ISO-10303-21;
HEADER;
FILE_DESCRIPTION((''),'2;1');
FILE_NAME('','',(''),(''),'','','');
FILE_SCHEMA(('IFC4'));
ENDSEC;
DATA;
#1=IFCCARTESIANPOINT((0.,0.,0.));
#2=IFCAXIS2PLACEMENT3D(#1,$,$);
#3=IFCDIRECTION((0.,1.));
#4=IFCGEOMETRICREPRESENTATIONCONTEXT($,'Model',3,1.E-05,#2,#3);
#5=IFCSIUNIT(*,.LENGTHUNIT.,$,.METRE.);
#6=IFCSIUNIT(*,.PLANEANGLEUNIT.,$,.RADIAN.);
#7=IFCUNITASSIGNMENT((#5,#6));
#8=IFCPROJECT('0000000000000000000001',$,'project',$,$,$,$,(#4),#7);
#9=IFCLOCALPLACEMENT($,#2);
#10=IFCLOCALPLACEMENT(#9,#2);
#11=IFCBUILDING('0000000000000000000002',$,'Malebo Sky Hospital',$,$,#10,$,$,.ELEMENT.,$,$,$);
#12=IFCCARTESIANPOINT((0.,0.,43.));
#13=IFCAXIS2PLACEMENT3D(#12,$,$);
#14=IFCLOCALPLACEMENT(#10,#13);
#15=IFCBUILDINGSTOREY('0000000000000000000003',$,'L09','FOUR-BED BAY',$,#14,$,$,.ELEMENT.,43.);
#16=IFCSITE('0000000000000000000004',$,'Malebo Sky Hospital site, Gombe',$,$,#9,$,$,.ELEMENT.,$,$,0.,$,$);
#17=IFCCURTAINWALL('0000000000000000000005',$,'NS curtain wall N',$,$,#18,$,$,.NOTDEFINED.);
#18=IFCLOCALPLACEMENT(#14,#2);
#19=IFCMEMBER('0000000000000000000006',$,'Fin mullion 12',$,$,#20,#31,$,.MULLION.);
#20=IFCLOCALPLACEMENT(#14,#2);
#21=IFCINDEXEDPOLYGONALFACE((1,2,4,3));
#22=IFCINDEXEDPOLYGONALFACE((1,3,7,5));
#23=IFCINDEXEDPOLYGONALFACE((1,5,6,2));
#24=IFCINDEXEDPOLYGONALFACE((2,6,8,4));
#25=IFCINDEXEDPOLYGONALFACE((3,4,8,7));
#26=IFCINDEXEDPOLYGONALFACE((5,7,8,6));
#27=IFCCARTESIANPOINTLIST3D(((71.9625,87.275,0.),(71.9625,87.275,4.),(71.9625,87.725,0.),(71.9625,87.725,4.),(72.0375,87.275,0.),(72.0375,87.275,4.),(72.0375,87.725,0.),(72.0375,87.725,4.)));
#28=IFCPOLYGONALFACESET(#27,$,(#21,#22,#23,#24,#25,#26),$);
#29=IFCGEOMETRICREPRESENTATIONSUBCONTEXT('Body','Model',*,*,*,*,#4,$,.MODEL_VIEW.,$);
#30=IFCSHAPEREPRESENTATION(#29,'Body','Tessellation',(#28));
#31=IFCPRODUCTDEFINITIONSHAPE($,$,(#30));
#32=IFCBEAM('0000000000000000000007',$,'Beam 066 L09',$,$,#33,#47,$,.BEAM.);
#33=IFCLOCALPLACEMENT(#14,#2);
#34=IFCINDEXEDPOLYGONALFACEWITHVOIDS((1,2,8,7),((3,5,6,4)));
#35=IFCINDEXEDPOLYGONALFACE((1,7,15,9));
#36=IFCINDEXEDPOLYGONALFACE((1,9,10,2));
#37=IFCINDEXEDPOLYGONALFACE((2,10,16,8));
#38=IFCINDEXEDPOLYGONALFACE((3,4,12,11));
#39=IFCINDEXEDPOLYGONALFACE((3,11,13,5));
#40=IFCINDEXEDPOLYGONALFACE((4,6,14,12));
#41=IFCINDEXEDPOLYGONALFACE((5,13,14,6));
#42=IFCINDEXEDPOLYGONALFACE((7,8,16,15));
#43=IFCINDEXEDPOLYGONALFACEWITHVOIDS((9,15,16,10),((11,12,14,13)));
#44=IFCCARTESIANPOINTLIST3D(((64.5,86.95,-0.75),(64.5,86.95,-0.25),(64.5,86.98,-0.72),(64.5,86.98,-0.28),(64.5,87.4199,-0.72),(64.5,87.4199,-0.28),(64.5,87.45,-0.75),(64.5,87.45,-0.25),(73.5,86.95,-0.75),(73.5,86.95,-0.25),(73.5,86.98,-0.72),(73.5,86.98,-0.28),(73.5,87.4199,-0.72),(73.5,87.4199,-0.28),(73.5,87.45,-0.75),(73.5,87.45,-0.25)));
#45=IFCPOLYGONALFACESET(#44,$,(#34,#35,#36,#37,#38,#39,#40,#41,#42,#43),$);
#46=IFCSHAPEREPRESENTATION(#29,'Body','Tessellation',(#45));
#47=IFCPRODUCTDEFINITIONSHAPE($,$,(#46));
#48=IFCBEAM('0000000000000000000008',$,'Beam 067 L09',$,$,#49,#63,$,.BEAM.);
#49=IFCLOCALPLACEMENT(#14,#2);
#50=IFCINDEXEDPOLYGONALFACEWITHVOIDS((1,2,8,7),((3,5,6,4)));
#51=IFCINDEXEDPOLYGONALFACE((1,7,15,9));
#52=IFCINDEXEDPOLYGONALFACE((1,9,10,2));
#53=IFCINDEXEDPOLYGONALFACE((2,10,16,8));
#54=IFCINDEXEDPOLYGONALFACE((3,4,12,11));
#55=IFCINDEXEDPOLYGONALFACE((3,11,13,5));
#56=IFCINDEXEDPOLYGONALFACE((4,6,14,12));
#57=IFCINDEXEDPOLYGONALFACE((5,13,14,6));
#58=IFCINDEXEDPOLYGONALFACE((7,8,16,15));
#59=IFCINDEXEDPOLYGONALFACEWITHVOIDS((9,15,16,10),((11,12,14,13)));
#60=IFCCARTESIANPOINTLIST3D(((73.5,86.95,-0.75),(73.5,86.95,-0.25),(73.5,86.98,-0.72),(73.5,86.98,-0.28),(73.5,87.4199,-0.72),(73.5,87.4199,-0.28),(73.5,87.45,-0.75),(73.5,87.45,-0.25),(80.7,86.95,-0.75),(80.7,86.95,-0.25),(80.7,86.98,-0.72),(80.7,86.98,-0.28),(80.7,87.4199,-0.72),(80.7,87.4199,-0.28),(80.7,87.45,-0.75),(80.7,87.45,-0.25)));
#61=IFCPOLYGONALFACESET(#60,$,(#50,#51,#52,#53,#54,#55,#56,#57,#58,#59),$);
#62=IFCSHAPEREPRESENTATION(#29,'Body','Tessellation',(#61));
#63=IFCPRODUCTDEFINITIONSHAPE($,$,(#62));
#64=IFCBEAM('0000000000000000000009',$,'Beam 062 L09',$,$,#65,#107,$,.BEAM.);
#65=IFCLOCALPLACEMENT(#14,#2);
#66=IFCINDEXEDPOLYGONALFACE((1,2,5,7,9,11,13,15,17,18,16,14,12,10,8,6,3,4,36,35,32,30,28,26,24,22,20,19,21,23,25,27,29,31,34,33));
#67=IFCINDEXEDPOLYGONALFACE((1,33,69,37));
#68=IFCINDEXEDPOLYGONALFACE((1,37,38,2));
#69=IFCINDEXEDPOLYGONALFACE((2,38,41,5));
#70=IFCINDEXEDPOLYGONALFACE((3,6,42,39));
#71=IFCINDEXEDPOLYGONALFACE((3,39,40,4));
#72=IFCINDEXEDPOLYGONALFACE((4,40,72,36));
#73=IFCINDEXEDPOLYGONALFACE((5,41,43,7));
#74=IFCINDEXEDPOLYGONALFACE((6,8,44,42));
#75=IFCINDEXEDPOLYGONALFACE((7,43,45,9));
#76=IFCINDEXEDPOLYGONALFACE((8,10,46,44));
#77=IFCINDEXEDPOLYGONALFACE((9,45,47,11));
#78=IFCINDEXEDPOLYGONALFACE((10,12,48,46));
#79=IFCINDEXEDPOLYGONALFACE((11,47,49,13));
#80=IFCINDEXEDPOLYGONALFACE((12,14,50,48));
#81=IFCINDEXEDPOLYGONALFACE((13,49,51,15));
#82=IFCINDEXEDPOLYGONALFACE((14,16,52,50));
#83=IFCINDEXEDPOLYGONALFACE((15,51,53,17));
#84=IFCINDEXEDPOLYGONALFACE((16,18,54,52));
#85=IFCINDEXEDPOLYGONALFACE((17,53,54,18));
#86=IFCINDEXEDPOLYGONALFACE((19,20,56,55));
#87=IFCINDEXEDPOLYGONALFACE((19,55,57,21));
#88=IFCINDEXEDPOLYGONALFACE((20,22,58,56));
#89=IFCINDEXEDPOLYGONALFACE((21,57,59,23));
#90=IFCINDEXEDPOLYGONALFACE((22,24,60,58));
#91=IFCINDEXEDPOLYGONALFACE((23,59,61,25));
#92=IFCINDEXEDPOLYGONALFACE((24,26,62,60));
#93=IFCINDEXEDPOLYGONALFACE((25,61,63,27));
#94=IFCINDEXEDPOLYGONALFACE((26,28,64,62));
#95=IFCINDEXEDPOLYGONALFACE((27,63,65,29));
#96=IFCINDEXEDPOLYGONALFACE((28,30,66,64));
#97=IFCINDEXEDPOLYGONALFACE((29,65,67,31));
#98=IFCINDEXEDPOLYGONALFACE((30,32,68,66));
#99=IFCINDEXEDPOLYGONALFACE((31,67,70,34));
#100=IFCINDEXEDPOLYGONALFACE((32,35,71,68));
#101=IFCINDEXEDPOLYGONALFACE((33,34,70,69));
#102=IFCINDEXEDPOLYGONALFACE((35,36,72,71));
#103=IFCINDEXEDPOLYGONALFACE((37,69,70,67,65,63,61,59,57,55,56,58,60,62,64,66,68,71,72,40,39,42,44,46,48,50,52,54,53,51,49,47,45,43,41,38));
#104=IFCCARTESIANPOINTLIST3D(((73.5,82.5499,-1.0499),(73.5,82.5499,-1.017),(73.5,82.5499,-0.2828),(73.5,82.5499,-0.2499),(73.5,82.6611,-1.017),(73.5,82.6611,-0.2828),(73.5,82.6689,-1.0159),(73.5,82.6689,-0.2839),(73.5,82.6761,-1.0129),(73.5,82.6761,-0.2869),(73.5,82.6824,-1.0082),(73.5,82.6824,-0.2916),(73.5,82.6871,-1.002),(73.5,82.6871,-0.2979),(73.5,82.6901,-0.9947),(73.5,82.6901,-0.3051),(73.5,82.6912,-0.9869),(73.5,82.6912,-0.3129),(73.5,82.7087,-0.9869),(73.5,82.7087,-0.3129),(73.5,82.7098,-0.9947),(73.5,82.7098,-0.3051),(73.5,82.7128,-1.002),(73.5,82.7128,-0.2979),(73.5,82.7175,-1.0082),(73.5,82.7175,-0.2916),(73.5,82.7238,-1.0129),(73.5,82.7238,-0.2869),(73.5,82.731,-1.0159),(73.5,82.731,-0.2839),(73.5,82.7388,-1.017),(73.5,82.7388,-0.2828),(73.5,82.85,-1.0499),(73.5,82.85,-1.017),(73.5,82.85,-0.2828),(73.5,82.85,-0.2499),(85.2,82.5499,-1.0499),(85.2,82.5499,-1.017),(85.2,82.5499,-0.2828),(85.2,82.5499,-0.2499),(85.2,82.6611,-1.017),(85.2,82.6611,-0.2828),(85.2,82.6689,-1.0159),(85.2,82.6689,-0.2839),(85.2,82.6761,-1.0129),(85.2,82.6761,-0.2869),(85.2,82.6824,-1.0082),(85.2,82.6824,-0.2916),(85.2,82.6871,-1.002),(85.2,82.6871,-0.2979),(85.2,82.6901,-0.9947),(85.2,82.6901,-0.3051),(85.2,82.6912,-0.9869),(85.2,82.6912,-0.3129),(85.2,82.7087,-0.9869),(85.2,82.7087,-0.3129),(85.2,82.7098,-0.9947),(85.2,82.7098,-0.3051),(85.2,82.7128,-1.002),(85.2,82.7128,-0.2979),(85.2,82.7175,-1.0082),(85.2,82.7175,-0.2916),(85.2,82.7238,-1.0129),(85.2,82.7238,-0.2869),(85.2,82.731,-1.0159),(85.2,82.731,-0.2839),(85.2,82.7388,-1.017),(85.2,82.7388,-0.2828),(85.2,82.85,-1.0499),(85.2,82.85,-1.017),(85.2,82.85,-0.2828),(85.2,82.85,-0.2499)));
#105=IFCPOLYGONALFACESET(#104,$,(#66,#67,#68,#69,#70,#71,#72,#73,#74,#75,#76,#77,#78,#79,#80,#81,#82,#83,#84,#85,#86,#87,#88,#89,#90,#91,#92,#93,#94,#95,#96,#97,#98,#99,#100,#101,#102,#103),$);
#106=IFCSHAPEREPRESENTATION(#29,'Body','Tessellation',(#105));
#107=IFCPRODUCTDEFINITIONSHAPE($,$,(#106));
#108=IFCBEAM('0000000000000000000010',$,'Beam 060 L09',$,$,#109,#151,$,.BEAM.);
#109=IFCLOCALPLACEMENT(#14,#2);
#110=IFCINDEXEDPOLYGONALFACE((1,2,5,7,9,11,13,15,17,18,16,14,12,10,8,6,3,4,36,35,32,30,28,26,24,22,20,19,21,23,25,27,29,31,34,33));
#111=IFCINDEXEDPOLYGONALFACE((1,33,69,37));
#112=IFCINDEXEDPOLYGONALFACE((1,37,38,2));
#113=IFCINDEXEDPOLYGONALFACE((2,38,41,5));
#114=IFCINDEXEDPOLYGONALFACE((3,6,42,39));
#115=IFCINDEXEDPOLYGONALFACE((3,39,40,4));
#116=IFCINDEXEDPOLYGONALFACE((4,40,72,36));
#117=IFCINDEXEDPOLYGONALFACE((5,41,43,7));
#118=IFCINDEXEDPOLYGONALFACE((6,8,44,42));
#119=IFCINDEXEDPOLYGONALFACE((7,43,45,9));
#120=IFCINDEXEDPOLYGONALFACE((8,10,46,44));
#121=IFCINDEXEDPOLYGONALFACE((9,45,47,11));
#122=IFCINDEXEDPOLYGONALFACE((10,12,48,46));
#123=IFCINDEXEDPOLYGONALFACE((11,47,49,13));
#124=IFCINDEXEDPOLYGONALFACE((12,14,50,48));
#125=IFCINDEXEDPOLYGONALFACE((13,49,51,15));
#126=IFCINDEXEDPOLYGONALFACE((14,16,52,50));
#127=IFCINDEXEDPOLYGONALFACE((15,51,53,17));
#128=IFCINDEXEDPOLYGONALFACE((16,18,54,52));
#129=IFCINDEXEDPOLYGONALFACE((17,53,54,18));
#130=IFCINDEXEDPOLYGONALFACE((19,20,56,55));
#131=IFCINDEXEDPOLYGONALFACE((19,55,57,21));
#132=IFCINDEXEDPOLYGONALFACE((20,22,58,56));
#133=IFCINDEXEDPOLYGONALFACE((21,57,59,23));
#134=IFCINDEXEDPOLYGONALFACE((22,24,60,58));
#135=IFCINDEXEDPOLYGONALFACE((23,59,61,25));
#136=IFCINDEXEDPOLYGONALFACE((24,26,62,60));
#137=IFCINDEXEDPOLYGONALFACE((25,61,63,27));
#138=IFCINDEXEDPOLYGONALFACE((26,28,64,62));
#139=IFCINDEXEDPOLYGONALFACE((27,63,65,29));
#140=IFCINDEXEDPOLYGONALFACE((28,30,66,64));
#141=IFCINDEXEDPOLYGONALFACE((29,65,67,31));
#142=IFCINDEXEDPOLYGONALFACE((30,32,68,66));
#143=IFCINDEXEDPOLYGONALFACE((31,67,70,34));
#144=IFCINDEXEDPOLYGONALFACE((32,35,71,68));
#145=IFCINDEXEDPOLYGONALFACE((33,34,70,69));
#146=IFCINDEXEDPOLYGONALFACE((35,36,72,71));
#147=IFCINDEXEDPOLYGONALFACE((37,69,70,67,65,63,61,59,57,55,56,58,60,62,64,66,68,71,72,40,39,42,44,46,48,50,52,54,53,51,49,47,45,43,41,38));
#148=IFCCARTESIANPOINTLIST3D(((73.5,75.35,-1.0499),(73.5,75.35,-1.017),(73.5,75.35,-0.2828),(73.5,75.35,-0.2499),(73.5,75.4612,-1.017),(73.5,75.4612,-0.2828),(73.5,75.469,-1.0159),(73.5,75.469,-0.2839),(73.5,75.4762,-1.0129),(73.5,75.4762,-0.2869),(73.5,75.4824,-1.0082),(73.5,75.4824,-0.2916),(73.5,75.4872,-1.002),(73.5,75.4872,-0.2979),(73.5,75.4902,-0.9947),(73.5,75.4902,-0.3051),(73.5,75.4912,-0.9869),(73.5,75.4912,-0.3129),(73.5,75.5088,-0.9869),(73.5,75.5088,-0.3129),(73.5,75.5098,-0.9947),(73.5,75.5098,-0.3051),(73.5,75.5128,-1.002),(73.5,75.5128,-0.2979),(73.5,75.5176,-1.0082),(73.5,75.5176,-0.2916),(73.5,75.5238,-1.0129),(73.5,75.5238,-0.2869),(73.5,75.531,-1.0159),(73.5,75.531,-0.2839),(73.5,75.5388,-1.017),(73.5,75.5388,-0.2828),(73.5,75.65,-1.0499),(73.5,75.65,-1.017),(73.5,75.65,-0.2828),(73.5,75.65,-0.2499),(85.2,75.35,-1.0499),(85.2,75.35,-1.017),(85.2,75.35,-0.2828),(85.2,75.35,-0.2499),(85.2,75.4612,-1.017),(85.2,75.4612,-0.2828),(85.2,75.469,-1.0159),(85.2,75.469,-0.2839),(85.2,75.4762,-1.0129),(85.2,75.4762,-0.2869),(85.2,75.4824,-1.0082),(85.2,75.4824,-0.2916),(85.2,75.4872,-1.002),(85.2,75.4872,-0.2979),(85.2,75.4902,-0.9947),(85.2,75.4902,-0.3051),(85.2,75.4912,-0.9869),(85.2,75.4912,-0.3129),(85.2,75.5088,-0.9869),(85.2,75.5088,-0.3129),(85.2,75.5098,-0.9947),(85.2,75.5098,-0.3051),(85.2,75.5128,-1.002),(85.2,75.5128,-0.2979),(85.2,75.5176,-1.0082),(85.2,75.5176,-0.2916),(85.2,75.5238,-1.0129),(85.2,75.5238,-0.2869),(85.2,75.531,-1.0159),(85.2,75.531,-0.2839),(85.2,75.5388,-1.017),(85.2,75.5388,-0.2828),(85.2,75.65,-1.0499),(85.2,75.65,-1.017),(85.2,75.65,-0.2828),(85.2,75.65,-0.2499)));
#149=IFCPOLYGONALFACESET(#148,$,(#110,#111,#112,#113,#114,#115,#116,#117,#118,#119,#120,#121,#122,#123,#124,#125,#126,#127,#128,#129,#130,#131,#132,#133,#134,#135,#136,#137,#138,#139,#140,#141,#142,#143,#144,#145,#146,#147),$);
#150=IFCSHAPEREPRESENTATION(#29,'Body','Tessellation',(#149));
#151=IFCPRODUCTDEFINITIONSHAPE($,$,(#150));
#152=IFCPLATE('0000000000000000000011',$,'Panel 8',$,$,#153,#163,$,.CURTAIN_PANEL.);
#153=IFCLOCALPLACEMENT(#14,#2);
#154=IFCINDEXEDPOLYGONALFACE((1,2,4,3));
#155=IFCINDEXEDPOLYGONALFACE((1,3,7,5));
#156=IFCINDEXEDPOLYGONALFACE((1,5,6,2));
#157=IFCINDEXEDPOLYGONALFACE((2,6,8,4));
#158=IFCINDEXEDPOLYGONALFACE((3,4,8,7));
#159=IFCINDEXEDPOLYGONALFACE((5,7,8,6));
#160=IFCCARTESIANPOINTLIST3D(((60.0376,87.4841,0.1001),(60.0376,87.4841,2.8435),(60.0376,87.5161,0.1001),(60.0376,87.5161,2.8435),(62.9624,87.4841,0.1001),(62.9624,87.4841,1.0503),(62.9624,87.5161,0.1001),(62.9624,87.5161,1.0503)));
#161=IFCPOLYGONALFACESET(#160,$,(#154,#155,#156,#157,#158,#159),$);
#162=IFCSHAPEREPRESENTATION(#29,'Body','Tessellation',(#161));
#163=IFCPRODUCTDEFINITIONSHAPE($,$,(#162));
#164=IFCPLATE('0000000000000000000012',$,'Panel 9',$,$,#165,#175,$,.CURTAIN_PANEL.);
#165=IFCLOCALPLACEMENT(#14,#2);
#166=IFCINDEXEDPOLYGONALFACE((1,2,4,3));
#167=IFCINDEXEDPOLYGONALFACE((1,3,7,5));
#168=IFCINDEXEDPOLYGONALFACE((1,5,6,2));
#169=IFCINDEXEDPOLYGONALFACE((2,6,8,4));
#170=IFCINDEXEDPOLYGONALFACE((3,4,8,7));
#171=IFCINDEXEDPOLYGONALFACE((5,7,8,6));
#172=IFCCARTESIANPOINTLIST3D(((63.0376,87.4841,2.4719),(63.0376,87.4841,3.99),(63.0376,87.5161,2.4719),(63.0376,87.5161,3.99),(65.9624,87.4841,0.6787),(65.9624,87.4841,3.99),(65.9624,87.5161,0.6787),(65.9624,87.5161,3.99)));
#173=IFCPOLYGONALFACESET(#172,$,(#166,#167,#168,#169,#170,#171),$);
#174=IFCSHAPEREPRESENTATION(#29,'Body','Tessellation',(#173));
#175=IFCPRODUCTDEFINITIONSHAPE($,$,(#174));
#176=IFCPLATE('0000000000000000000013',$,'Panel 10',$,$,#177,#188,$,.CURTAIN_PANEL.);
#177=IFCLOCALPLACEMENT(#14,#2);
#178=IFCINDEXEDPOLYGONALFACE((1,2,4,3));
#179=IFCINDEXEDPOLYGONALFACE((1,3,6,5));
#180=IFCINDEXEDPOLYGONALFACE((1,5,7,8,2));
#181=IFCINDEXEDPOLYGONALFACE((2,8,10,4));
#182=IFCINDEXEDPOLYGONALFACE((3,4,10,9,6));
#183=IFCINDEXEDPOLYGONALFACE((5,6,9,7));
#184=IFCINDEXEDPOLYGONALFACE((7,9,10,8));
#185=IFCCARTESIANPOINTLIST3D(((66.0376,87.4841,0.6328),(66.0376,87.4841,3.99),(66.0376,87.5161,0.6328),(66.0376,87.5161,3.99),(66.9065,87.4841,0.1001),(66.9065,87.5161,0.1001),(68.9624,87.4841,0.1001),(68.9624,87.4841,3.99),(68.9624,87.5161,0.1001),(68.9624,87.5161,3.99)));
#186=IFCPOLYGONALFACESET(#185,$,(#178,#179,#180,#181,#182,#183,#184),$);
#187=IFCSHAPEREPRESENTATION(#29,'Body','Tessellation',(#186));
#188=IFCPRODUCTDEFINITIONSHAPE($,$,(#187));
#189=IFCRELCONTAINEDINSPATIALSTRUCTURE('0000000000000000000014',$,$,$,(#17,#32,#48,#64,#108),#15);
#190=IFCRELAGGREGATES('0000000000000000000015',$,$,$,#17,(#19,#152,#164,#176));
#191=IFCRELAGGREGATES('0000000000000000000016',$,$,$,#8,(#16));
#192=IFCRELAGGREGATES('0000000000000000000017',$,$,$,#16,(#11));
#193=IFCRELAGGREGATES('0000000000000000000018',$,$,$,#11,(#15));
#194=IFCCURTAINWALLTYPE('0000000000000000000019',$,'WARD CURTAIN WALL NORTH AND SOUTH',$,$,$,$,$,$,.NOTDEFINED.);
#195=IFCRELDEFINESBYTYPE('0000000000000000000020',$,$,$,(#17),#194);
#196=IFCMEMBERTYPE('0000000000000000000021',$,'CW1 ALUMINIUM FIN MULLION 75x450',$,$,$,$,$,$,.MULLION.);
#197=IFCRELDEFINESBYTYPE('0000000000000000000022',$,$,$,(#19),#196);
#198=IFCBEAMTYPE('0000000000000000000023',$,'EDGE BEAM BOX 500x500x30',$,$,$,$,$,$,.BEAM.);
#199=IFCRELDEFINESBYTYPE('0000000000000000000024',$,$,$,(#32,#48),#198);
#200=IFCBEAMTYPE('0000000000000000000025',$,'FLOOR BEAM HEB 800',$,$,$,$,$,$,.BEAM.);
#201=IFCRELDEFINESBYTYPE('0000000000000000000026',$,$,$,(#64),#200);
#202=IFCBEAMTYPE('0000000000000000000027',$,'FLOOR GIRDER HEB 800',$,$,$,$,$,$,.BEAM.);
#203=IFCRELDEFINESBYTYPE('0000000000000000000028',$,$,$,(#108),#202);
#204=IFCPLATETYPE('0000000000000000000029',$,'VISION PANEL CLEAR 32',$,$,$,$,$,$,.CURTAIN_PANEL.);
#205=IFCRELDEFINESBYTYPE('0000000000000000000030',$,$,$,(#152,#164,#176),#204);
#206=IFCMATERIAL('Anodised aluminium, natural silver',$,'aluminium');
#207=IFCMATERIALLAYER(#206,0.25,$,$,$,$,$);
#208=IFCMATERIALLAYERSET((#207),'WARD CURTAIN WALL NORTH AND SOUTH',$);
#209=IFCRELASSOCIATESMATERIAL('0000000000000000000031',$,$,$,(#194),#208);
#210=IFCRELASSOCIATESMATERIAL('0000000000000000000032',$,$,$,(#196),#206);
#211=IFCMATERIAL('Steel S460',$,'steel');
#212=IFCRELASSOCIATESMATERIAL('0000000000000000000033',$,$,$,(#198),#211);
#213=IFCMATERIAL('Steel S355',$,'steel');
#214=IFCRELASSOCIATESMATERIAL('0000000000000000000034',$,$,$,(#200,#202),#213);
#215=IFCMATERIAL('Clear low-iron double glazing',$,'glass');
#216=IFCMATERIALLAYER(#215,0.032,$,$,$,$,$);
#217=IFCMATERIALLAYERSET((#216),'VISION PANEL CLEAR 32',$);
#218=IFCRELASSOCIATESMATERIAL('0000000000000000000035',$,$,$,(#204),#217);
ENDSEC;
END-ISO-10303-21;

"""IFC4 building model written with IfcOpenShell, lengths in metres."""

from ifc_helpers import new_model, si_unit, direction, frame, origin, origin_2d, place, context, subcontext, project, spatial, polyline, rectangle, hollow_rectangle, i_section, outline, extrude, material, layer, layer_set, material_profile, profile_set, type_object, element, aggregate, save


model = new_model("IFC4")

# Units and contexts
model_context = context("Model", 3, precision=1e-05, world=origin(), true_north=direction((0.0, 1.0)))
body_context = subcontext(model_context, "Body", "Model", "MODEL_VIEW")
ifc_project = project(units=[si_unit("LENGTHUNIT", "METRE"), si_unit("PLANEANGLEUNIT", "RADIAN")], contexts=[model_context])

# Site, building, storey
site_placement = place(None, origin())
site = spatial("IfcSite", under=ifc_project, at=site_placement, Name="Malebo Sky Hospital site, Gombe", CompositionType="ELEMENT", RefElevation=0.0)
building_placement = place(site_placement, origin())
building = spatial("IfcBuilding", under=site, at=building_placement, Name="Malebo Sky Hospital", CompositionType="ELEMENT")
storey_placement = place(building_placement, frame((0.0, 0.0, 43.0)))
storey = spatial("IfcBuildingStorey", under=building, at=storey_placement, Name="L09", Description="FOUR-BED BAY", CompositionType="ELEMENT", Elevation=43.0)

# Shared definitions
ifc_material_1 = material(Name="Steel S460", Category="steel")

# Curtain wall
ifc_material_2 = material(Name="Anodised aluminium, natural silver", Category="aluminium")
ifc_layer_1 = layer(ifc_material_2, 0.25)
ifc_layer_set_1 = layer_set([ifc_layer_1], Name="WARD CURTAIN WALL NORTH AND SOUTH")
curtain_wall_type = type_object("IfcCurtainWallType", Name="WARD CURTAIN WALL NORTH AND SOUTH", PredefinedType="NOTDEFINED", material=ifc_layer_set_1)
curtain_wall_placement = place(storey_placement, origin())
curtain_wall = element("IfcCurtainWall", 1, at=curtain_wall_placement, inside=storey, type_object=curtain_wall_type, Name="NS curtain wall N", PredefinedType="NOTDEFINED")

# Member
ifc_material_3 = material(Name="Steel S355", Category="steel")
ifc_material_profile_1 = material_profile(ifc_material_2, rectangle(XDim=0.075, YDim=0.45, at=origin_2d()), Name="CW1 ALUMINIUM FIN MULLION 75x450")
ifc_profile_set_1 = profile_set([ifc_material_profile_1], Name="Anodised aluminium, natural silver")
member_type_1 = type_object("IfcMemberType", Name="CW1 ALUMINIUM FIN MULLION 75x450", PredefinedType="MULLION", material=ifc_profile_set_1)
member_1_placement = place(storey_placement, frame((72.0, 87.5, 0.0), z_axis=(0.0, 0.0, 1.0), x_axis=(1.0, 0.0, 0.0)))
member_1 = element("IfcMember", 2, at=member_1_placement, type_object=member_type_1, Name="Fin mullion 12", PredefinedType="MULLION", context=body_context, shape_type="SweptSolid", body=[
    extrude(rectangle(XDim=0.075, YDim=0.45, at=origin_2d()), origin(), (0.0, 0.0, 1.0), 4.0),
])

# Beams
ifc_material_profile_2 = material_profile(ifc_material_1, hollow_rectangle(XDim=0.5, YDim=0.5, WallThickness=0.03, at=origin_2d()), Name="BOX 500x500x30")
ifc_profile_set_2 = profile_set([ifc_material_profile_2], Name="Steel S460")
beam_type_1 = type_object("IfcBeamType", Name="EDGE BEAM BOX 500x500x30", PredefinedType="BEAM", material=ifc_profile_set_2)
beam_1_placement = place(storey_placement, frame((64.5, 87.2, -0.5), z_axis=(1.0, 0.0, 0.0), x_axis=(0.0, 1.0, 0.0)))
element("IfcBeam", 3, at=beam_1_placement, inside=storey, type_object=beam_type_1, Name="Beam 066 L09", PredefinedType="BEAM", context=body_context, shape_type="SweptSolid", body=[
    extrude(hollow_rectangle(XDim=0.5, YDim=0.5, WallThickness=0.03, at=origin_2d()), origin(), (0.0, 0.0, 1.0), 9.0),
])
beam_2_placement = place(storey_placement, frame((73.5, 87.2, -0.5), z_axis=(1.0, 0.0, 0.0), x_axis=(0.0, 1.0, 0.0)))
element("IfcBeam", 4, at=beam_2_placement, inside=storey, type_object=beam_type_1, Name="Beam 067 L09", PredefinedType="BEAM", context=body_context, shape_type="SweptSolid", body=[
    extrude(hollow_rectangle(XDim=0.5, YDim=0.5, WallThickness=0.03, at=origin_2d()), origin(), (0.0, 0.0, 1.0), 7.2),
])
ifc_material_profile_3 = material_profile(ifc_material_3, i_section(OverallWidth=0.3, OverallDepth=0.8, WebThickness=0.0176, FlangeThickness=0.033, FilletRadius=0.03, at=origin_2d()), Name="HEB 800")
ifc_profile_set_3 = profile_set([ifc_material_profile_3], Name="Steel S355")
beam_type_2 = type_object("IfcBeamType", Name="FLOOR BEAM HEB 800", PredefinedType="BEAM", material=ifc_profile_set_3)
beam_3_placement = place(storey_placement, frame((73.5, 82.7, -0.6499), z_axis=(1.0, 0.0, 0.0), x_axis=(0.0, 1.0, 0.0)))
element("IfcBeam", 5, at=beam_3_placement, inside=storey, type_object=beam_type_2, Name="Beam 062 L09", PredefinedType="BEAM", context=body_context, shape_type="SweptSolid", body=[
    extrude(i_section(OverallWidth=0.3, OverallDepth=0.8, WebThickness=0.0176, FlangeThickness=0.033, FilletRadius=0.03, at=origin_2d()), origin(), (0.0, 0.0, 1.0), 11.7),
])
ifc_material_profile_4 = material_profile(ifc_material_3, i_section(OverallWidth=0.3, OverallDepth=0.8, WebThickness=0.0176, FlangeThickness=0.033, FilletRadius=0.03, at=origin_2d()), Name="HEB 800")
ifc_profile_set_4 = profile_set([ifc_material_profile_4], Name="Steel S355")
beam_type_3 = type_object("IfcBeamType", Name="FLOOR GIRDER HEB 800", PredefinedType="BEAM", material=ifc_profile_set_4)
beam_4_placement = place(storey_placement, frame((73.5, 75.5, -0.6499), z_axis=(1.0, 0.0, 0.0), x_axis=(0.0, 1.0, 0.0)))
element("IfcBeam", 6, at=beam_4_placement, inside=storey, type_object=beam_type_3, Name="Beam 060 L09", PredefinedType="BEAM", context=body_context, shape_type="SweptSolid", body=[
    extrude(i_section(OverallWidth=0.3, OverallDepth=0.8, WebThickness=0.0176, FlangeThickness=0.033, FilletRadius=0.03, at=origin_2d()), origin(), (0.0, 0.0, 1.0), 11.7),
])

# Plates
ifc_material_4 = material(Name="Clear low-iron double glazing", Category="glass")
ifc_layer_2 = layer(ifc_material_4, 0.032)
ifc_layer_set_2 = layer_set([ifc_layer_2], Name="VISION PANEL CLEAR 32")
plate_type = type_object("IfcPlateType", Name="VISION PANEL CLEAR 32", PredefinedType="CURTAIN_PANEL", material=ifc_layer_set_2)
plate_1_placement = place(storey_placement, frame((61.5, 87.5, 0.1001), z_axis=(0.0, 0.0, 1.0), x_axis=(1.0, 0.0, 0.0)))
plate_1 = element("IfcPlate", 7, at=plate_1_placement, type_object=plate_type, Name="Panel 8", PredefinedType="CURTAIN_PANEL", context=body_context, shape_type="SweptSolid", body=[
    extrude(outline(polyline([(-1.4624, 0.0), (1.4624, 0.0), (1.4624, 0.9502), (-1.4624, 2.7434), (-1.4624, 0.0)])), frame((0.0, 0.0161, 0.0), z_axis=(0.0, -1.0, 0.0), x_axis=(1.0, 0.0, 0.0)), (0.0, 0.0, 1.0), 0.032),
])
plate_2_placement = place(storey_placement, frame((64.5, 87.5, 0.6787), z_axis=(0.0, 0.0, 1.0), x_axis=(1.0, 0.0, 0.0)))
plate_2 = element("IfcPlate", 8, at=plate_2_placement, type_object=plate_type, Name="Panel 9", PredefinedType="CURTAIN_PANEL", context=body_context, shape_type="SweptSolid", body=[
    extrude(outline(polyline([(1.4624, 0.0), (1.4624, 3.3113), (-1.4624, 3.3113), (-1.4624, 1.7932), (1.4624, 0.0)])), frame((0.0, 0.0161, 0.0), z_axis=(0.0, -1.0, 0.0), x_axis=(1.0, 0.0, 0.0)), (0.0, 0.0, 1.0), 0.032),
])
plate_3_placement = place(storey_placement, frame((67.5, 87.5, 0.1001), z_axis=(0.0, 0.0, 1.0), x_axis=(1.0, 0.0, 0.0)))
plate_3 = element("IfcPlate", 9, at=plate_3_placement, type_object=plate_type, Name="Panel 10", PredefinedType="CURTAIN_PANEL", context=body_context, shape_type="SweptSolid", body=[
    extrude(outline(polyline([(-0.5935, 0.0), (1.4624, 0.0), (1.4624, 3.8899), (-1.4624, 3.8899), (-1.4624, 0.5327), (-0.5935, 0.0)])), frame((0.0, 0.0161, 0.0), z_axis=(0.0, -1.0, 0.0), x_axis=(1.0, 0.0, 0.0)), (0.0, 0.0, 1.0), 0.032),
])
aggregate(curtain_wall, [member_1, plate_1, plate_2, plate_3])

save(model, "model.ifc")
